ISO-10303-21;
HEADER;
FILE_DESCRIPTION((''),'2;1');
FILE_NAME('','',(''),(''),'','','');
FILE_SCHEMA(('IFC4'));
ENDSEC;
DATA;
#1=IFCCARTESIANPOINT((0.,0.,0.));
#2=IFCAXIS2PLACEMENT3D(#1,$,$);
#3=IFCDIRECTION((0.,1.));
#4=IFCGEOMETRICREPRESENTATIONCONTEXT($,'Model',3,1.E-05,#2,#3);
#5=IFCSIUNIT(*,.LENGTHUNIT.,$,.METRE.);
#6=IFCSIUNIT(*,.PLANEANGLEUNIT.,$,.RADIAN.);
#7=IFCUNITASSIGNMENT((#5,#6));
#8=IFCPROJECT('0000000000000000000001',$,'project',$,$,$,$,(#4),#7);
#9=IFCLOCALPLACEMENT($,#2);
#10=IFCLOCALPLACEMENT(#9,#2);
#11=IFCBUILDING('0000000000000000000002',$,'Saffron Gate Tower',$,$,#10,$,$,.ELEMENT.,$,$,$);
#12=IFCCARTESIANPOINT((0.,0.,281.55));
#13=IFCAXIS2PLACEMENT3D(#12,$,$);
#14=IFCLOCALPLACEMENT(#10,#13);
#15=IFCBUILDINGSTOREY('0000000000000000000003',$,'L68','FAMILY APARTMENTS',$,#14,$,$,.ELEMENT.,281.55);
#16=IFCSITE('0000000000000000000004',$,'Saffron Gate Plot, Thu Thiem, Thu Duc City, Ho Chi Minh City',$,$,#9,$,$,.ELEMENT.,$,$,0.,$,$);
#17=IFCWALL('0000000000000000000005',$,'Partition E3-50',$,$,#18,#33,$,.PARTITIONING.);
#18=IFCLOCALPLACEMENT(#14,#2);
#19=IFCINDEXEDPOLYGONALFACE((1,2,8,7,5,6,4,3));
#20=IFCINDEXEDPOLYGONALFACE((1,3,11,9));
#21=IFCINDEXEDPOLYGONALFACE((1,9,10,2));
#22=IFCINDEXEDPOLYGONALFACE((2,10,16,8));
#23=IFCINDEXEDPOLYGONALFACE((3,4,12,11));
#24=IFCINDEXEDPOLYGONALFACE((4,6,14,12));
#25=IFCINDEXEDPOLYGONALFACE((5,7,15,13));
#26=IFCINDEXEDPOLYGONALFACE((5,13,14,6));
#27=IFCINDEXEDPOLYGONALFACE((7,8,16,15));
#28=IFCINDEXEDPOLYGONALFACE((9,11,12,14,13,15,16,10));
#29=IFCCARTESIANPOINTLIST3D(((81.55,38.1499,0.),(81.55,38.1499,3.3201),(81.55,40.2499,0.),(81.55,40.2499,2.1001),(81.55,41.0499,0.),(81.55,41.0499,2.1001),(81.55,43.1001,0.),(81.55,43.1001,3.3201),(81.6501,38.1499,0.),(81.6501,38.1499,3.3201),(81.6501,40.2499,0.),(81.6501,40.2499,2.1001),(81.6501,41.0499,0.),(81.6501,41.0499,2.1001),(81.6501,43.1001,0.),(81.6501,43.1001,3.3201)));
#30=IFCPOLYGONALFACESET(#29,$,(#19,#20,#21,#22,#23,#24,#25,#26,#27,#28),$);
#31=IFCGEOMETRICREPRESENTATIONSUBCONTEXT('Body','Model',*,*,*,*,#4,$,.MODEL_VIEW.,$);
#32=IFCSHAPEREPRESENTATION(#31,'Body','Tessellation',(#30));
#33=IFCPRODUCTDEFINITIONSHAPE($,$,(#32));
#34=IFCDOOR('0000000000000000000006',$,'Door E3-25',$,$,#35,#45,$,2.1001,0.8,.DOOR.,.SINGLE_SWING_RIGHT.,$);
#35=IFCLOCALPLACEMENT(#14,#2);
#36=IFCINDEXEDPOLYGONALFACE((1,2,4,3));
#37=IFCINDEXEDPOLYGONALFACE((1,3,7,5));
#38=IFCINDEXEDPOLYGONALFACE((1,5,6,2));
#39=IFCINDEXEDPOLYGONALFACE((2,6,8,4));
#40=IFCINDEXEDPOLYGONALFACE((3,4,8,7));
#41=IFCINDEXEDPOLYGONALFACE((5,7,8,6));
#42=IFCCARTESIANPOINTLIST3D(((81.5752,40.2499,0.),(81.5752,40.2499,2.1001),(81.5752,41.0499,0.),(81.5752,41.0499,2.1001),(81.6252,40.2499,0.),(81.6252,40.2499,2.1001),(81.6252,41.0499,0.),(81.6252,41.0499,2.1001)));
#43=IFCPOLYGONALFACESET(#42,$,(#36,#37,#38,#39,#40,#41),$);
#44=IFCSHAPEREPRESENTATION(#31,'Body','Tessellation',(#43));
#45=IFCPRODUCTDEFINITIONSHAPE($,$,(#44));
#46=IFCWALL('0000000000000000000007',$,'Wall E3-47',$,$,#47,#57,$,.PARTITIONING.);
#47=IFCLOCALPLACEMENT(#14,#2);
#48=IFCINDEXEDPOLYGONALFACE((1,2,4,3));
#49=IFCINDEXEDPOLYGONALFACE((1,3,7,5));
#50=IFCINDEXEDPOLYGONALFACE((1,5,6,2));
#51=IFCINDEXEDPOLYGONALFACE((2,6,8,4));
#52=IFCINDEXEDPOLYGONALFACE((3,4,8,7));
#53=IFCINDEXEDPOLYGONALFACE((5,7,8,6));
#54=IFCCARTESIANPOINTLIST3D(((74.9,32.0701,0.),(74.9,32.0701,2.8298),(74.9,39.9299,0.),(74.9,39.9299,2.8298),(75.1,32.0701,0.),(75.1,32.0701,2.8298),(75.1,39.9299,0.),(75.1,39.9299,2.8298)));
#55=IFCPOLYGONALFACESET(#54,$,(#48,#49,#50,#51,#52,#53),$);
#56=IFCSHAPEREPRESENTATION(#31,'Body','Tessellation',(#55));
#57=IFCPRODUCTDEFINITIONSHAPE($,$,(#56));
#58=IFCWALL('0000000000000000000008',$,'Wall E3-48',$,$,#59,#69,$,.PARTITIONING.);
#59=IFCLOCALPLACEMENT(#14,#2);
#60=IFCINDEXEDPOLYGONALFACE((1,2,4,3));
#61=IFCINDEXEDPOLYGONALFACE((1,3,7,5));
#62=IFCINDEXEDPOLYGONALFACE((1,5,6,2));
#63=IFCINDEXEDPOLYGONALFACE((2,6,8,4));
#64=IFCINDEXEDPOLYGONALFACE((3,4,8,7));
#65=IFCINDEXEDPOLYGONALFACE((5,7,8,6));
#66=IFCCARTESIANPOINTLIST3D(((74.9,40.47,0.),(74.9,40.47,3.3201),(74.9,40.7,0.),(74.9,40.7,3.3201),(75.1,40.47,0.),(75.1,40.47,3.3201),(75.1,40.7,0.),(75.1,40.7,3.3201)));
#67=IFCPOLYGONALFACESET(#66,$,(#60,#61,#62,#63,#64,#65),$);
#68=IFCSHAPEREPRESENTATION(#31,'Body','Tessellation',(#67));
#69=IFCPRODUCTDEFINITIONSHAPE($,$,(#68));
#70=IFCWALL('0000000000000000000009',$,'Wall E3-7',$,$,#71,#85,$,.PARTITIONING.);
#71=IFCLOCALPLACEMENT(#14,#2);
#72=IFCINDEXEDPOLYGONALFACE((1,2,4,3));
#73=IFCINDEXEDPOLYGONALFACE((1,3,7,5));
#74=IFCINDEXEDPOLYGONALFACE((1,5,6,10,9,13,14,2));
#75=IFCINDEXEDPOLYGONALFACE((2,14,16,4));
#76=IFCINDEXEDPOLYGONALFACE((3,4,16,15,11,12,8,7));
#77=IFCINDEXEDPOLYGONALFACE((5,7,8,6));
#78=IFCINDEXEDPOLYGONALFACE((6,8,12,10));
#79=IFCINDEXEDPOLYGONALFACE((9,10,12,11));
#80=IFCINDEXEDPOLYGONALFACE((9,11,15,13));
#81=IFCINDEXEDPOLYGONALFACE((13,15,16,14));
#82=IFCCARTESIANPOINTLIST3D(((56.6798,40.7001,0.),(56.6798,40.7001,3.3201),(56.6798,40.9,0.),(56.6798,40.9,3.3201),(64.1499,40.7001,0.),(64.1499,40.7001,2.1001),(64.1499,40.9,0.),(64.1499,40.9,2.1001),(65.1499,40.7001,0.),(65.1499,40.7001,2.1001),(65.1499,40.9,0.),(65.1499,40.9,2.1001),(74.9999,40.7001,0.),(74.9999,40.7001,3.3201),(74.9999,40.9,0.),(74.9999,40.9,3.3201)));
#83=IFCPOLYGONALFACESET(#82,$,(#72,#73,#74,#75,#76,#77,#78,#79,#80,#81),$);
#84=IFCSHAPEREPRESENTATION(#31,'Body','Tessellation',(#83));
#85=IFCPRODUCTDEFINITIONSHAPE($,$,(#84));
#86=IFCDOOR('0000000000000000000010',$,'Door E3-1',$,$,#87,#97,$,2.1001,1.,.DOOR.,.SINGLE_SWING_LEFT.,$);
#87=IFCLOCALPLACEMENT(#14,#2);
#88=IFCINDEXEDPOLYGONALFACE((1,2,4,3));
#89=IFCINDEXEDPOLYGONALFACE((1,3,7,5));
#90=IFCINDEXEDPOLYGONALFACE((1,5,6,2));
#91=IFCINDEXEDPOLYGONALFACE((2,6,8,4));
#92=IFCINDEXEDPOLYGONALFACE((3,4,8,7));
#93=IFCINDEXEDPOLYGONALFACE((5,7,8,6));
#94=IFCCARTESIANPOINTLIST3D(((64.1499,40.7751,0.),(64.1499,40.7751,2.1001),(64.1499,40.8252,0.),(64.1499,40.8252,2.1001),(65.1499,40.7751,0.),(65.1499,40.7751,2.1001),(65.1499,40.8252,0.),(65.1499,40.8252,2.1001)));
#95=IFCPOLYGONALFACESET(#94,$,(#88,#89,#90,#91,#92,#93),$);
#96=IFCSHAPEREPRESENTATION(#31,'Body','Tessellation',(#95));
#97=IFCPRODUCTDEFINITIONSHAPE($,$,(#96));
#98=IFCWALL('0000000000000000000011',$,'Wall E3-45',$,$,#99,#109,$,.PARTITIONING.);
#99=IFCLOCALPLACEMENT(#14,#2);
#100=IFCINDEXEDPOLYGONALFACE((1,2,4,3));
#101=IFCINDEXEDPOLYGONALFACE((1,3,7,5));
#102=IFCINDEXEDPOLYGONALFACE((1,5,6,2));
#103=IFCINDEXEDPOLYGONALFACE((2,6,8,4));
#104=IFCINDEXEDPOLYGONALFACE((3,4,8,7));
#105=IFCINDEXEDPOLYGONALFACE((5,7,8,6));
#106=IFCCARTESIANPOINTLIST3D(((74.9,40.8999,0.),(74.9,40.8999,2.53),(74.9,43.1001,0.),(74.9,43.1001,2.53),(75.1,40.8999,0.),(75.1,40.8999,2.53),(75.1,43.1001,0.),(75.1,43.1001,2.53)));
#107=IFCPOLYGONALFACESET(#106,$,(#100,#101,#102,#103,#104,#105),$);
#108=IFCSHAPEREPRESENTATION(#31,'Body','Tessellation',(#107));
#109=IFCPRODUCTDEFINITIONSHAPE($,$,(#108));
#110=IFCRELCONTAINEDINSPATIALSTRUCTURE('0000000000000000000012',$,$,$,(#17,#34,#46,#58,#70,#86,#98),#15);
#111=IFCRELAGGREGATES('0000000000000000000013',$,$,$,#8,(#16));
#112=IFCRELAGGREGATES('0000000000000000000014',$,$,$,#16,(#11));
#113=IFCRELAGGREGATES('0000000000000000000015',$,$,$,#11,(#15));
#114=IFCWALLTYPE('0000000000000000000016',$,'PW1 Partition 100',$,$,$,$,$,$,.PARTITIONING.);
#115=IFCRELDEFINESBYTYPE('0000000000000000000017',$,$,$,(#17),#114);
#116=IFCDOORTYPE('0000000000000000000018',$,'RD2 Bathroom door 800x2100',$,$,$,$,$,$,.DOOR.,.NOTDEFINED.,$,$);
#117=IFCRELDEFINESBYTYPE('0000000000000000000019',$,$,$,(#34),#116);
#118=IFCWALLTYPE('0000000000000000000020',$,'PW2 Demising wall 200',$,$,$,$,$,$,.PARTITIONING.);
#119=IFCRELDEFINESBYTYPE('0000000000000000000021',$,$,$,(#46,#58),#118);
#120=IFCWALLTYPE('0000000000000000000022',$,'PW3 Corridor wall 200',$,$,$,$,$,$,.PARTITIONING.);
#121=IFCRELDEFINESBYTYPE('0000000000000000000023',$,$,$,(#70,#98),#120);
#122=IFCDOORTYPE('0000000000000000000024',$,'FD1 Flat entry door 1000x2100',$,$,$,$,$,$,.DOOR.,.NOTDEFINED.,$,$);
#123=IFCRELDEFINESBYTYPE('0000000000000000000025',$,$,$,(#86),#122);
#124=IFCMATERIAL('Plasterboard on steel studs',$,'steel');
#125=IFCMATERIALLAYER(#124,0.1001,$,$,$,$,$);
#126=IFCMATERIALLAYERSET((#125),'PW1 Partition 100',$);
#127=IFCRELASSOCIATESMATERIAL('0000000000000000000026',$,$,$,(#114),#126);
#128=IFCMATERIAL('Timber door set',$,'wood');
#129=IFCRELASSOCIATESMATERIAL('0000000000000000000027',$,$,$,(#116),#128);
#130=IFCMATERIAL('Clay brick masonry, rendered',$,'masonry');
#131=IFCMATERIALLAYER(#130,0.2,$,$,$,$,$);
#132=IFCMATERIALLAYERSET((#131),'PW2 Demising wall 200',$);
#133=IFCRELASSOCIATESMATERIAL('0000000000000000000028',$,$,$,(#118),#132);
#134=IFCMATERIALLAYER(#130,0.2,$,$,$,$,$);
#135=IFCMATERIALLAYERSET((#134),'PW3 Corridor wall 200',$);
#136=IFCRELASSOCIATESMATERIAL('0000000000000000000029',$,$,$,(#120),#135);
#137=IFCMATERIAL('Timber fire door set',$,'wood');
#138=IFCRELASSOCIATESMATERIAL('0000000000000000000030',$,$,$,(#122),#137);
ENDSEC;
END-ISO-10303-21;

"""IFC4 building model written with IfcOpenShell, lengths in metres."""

from ifc_helpers import new_model, si_unit, direction, frame, frame_2d, origin, place, context, subcontext, project, spatial, rectangle, extrude, material, layer, layer_set, type_object, element, fill, save


model = new_model("IFC4")

# Units and contexts
model_context = context("Model", 3, precision=1e-05, world=origin(), true_north=direction((0.0, 1.0)))
body_context = subcontext(model_context, "Body", "Model", "MODEL_VIEW")
ifc_project = project(units=[si_unit("LENGTHUNIT", "METRE"), si_unit("PLANEANGLEUNIT", "RADIAN")], contexts=[model_context])

# Site, building, storey
site_placement = place(None, origin())
site = spatial("IfcSite", under=ifc_project, at=site_placement, Name="Saffron Gate Plot, Thu Thiem, Thu Duc City, Ho Chi Minh City", CompositionType="ELEMENT", RefElevation=0.0)
building_placement = place(site_placement, origin())
building = spatial("IfcBuilding", under=site, at=building_placement, Name="Saffron Gate Tower", CompositionType="ELEMENT")
storey_placement = place(building_placement, frame((0.0, 0.0, 281.55)))
storey = spatial("IfcBuildingStorey", under=building, at=storey_placement, Name="L68", Description="FAMILY APARTMENTS", CompositionType="ELEMENT", Elevation=281.55)

# Shared definitions
ifc_material_1 = material(Name="Plasterboard on steel studs", Category="steel")
ifc_layer_1 = layer(ifc_material_1, 0.1001)
ifc_layer_set_1 = layer_set([ifc_layer_1], Name="PW1 Partition 100")
wall_type_1 = type_object("IfcWallType", Name="PW1 Partition 100", PredefinedType="PARTITIONING", material=ifc_layer_set_1)

# Wall, opening, door
wall_1_placement = place(storey_placement, frame((81.6001, 38.1499, 0.0), z_axis=(0.0, 0.0, 1.0), x_axis=(0.0, 1.0, 0.0)))
wall_1 = element("IfcWall", 1, at=wall_1_placement, inside=storey, type_object=wall_type_1, Name="Partition E3-50", PredefinedType="PARTITIONING", context=body_context, shape_type="SweptSolid", body=[
    extrude(rectangle(XDim=4.9502, YDim=0.1001, at=frame_2d((2.4751, 0.0))), origin(), (0.0, 0.0, 1.0), 3.3201),
])
opening_1_placement = place(wall_1_placement, frame((2.1001, 0.0, 0.0)))
opening_1 = element("IfcOpeningElement", 2, at=opening_1_placement, cuts=wall_1, PredefinedType="OPENING", context=body_context, shape_type="SweptSolid", body=[
    extrude(rectangle(XDim=0.8, YDim=2.1001, at=frame_2d((0.3999, 1.05))), frame((0.0, 0.0601, 0.0), z_axis=(0.0, -1.0, 0.0), x_axis=(1.0, 0.0, 0.0)), (0.0, 0.0, 1.0), 0.1201),
])
ifc_material_2 = material(Name="Timber door set", Category="wood")
door_type_1 = type_object("IfcDoorType", Name="RD2 Bathroom door 800x2100", OperationType="NOTDEFINED", PredefinedType="DOOR", material=ifc_material_2)
door_1_placement = place(opening_1_placement, origin())
door_1 = element("IfcDoor", 3, at=door_1_placement, inside=storey, type_object=door_type_1, Name="Door E3-25", OperationType="SINGLE_SWING_RIGHT", OverallHeight=2.1001, OverallWidth=0.8, PredefinedType="DOOR", context=body_context, shape_type="SweptSolid", body=[
    extrude(rectangle(XDim=0.8, YDim=2.1001, at=frame_2d((0.3999, 1.05))), frame((0.0, 0.0249, 0.0), z_axis=(0.0, -1.0, 0.0), x_axis=(1.0, 0.0, 0.0)), (0.0, 0.0, 1.0), 0.05),
])
fill(opening_1, door_1)

# Walls
ifc_material_3 = material(Name="Clay brick masonry, rendered", Category="masonry")
ifc_layer_2 = layer(ifc_material_3, 0.2)
ifc_layer_set_2 = layer_set([ifc_layer_2], Name="PW2 Demising wall 200")
wall_type_2 = type_object("IfcWallType", Name="PW2 Demising wall 200", PredefinedType="PARTITIONING", material=ifc_layer_set_2)
wall_2_placement = place(storey_placement, frame((75.0, 39.9299, 0.0), z_axis=(0.0, 0.0, 1.0), x_axis=(0.0, -1.0, 0.0)))
element("IfcWall", 4, at=wall_2_placement, inside=storey, type_object=wall_type_2, Name="Wall E3-47", PredefinedType="PARTITIONING", context=body_context, shape_type="SweptSolid", body=[
    extrude(rectangle(XDim=7.8599, YDim=0.2, at=frame_2d((3.9299, 0.0))), origin(), (0.0, 0.0, 1.0), 2.8298),
])
wall_3_placement = place(storey_placement, frame((75.0, 40.7, 0.0), z_axis=(0.0, 0.0, 1.0), x_axis=(0.0, -1.0, 0.0)))
element("IfcWall", 5, at=wall_3_placement, inside=storey, type_object=wall_type_2, Name="Wall E3-48", PredefinedType="PARTITIONING", context=body_context, shape_type="SweptSolid", body=[
    extrude(rectangle(XDim=0.23, YDim=0.2, at=frame_2d((0.115, 0.0))), origin(), (0.0, 0.0, 1.0), 3.3201),
])

# Wall, opening, door
ifc_layer_3 = layer(ifc_material_3, 0.2)
ifc_layer_set_3 = layer_set([ifc_layer_3], Name="PW3 Corridor wall 200")
wall_type_3 = type_object("IfcWallType", Name="PW3 Corridor wall 200", PredefinedType="PARTITIONING", material=ifc_layer_set_3)
wall_4_placement = place(storey_placement, frame((75.0, 40.8, 0.0), z_axis=(0.0, 0.0, 1.0), x_axis=(-1.0, 0.0, 0.0)))
wall_4 = element("IfcWall", 6, at=wall_4_placement, inside=storey, type_object=wall_type_3, Name="Wall E3-7", PredefinedType="PARTITIONING", context=body_context, shape_type="SweptSolid", body=[
    extrude(rectangle(XDim=18.3201, YDim=0.2, at=frame_2d((9.1602, 0.0))), origin(), (0.0, 0.0, 1.0), 3.3201),
])
opening_2_placement = place(wall_4_placement, frame((9.8501, 0.0, 0.0)))
opening_2 = element("IfcOpeningElement", 7, at=opening_2_placement, cuts=wall_4, PredefinedType="OPENING", context=body_context, shape_type="SweptSolid", body=[
    extrude(rectangle(XDim=1.0, YDim=2.1001, at=frame_2d((0.5, 1.05))), frame((0.0, 0.1099, 0.0), z_axis=(0.0, -1.0, 0.0), x_axis=(1.0, 0.0, 0.0)), (0.0, 0.0, 1.0), 0.22),
])
ifc_material_4 = material(Name="Timber fire door set", Category="wood")
door_type_2 = type_object("IfcDoorType", Name="FD1 Flat entry door 1000x2100", OperationType="NOTDEFINED", PredefinedType="DOOR", material=ifc_material_4)
door_2_placement = place(opening_2_placement, origin())
door_2 = element("IfcDoor", 8, at=door_2_placement, inside=storey, type_object=door_type_2, Name="Door E3-1", OperationType="SINGLE_SWING_LEFT", OverallHeight=2.1001, OverallWidth=1.0, PredefinedType="DOOR", context=body_context, shape_type="SweptSolid", body=[
    extrude(rectangle(XDim=1.0, YDim=2.1001, at=frame_2d((0.5, 1.05))), frame((0.0, 0.0249, 0.0), z_axis=(0.0, -1.0, 0.0), x_axis=(1.0, 0.0, 0.0)), (0.0, 0.0, 1.0), 0.05),
])
fill(opening_2, door_2)

# Wall
wall_5_placement = place(storey_placement, frame((75.0, 43.1001, 0.0), z_axis=(0.0, 0.0, 1.0), x_axis=(0.0, -1.0, 0.0)))
element("IfcWall", 9, at=wall_5_placement, inside=storey, type_object=wall_type_3, Name="Wall E3-45", PredefinedType="PARTITIONING", context=body_context, shape_type="SweptSolid", body=[
    extrude(rectangle(XDim=2.2002, YDim=0.2, at=frame_2d((1.1001, 0.0))), origin(), (0.0, 0.0, 1.0), 2.53),
])

save(model, "model.ifc")
